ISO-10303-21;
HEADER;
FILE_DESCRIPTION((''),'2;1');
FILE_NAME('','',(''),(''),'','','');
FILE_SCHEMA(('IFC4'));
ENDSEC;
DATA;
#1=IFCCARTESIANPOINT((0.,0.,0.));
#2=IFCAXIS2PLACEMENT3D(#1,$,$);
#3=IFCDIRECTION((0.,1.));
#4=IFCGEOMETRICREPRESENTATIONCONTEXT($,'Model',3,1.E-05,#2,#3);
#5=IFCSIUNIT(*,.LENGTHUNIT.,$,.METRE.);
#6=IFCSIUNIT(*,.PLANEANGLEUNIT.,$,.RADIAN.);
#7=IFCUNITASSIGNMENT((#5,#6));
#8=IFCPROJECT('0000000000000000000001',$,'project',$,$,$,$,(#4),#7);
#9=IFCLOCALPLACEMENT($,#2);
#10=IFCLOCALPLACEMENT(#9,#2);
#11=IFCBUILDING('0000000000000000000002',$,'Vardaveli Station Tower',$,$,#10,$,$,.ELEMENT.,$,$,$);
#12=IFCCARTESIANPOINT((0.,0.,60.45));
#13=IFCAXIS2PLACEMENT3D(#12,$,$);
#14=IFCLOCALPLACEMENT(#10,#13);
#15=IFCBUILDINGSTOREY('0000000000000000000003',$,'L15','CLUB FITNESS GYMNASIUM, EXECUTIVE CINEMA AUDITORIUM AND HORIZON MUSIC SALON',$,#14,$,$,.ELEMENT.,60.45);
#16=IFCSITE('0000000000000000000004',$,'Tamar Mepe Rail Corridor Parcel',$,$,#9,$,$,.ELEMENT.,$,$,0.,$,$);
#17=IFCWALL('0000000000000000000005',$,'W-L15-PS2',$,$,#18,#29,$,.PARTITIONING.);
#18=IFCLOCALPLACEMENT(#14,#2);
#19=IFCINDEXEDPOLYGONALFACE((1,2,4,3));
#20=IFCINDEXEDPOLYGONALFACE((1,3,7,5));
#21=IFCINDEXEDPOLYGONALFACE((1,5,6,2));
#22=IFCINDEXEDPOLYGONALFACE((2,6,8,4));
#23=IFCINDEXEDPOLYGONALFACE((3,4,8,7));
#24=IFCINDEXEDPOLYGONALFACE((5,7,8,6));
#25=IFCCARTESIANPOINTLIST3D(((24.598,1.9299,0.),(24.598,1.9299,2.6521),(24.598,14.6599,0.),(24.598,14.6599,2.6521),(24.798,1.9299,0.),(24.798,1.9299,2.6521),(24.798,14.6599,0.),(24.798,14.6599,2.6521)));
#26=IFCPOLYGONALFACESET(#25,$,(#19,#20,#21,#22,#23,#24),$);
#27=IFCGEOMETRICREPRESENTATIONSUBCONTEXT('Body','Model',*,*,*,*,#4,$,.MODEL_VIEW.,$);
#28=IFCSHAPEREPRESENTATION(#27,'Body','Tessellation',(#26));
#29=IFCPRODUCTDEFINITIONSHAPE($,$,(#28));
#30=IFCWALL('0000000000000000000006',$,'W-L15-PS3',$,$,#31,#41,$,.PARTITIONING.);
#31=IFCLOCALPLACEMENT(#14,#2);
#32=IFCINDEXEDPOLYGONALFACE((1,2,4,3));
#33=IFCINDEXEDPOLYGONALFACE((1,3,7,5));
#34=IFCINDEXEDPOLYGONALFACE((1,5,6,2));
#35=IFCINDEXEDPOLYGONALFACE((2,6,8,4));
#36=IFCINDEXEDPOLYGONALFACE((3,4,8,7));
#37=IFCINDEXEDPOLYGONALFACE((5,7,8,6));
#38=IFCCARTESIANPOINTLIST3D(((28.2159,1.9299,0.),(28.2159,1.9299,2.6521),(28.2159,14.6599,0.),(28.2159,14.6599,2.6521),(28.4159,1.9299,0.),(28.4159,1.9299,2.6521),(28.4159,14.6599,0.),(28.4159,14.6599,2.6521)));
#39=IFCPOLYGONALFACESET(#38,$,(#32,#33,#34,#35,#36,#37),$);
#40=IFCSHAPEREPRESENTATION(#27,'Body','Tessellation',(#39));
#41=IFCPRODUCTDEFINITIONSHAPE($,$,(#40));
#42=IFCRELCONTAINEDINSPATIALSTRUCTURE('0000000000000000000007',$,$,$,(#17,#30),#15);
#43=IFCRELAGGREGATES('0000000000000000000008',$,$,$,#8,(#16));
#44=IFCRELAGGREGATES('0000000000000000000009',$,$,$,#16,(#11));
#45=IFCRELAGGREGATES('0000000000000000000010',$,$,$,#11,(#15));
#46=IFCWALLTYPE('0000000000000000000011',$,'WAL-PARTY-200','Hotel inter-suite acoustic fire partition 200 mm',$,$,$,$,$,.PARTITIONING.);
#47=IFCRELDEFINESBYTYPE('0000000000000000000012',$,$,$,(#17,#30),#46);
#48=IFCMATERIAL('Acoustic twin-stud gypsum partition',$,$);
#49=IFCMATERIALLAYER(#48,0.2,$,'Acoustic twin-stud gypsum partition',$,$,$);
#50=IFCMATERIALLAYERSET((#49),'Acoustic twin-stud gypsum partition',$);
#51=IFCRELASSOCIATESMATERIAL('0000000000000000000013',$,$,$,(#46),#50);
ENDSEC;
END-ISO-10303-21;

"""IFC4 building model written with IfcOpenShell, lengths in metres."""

from ifc_helpers import new_model, si_unit, direction, frame, frame_2d, origin, place, context, subcontext, project, spatial, rectangle, extrude, source, transform, mapped, material, layer, layer_set, type_object, element, save


model = new_model("IFC4")

# Units and contexts
model_context = context("Model", 3, precision=1e-05, world=origin(), true_north=direction((0.0, 1.0)))
body_context = subcontext(model_context, "Body", "Model", "MODEL_VIEW")
ifc_project = project(units=[si_unit("LENGTHUNIT", "METRE"), si_unit("PLANEANGLEUNIT", "RADIAN")], contexts=[model_context])

# Site, building, storey
site_placement = place(None, origin())
site = spatial("IfcSite", under=ifc_project, at=site_placement, Name="Tamar Mepe Rail Corridor Parcel", CompositionType="ELEMENT", RefElevation=0.0)
building_placement = place(site_placement, origin())
building = spatial("IfcBuilding", under=site, at=building_placement, Name="Vardaveli Station Tower", CompositionType="ELEMENT")
storey_placement = place(building_placement, frame((0.0, 0.0, 60.45)))
storey = spatial("IfcBuildingStorey", under=building, at=storey_placement, Name="L15", Description="CLUB FITNESS GYMNASIUM, EXECUTIVE CINEMA AUDITORIUM AND HORIZON MUSIC SALON", CompositionType="ELEMENT", Elevation=60.45)

# Walls
ifc_material_1 = material(Name="Acoustic twin-stud gypsum partition")
ifc_layer_1 = layer(ifc_material_1, 0.2, Name="Acoustic twin-stud gypsum partition")
ifc_layer_set_1 = layer_set([ifc_layer_1], Name="Acoustic twin-stud gypsum partition")
wall_type_1 = type_object("IfcWallType", Name="WAL-PARTY-200", Description="Hotel inter-suite acoustic fire partition 200 mm", PredefinedType="PARTITIONING", material=ifc_layer_set_1)
shared_shape_1 = source(origin(), body_context, "Body", "SweptSolid", [
    extrude(rectangle(XDim=12.73, YDim=0.2, at=frame_2d((6.365, 0.0))), origin(), (0.0, 0.0, 1.0), 2.6521),
])
for number, where, z_axis, x_axis, name in (
    (1, (24.698, 1.9299, 0.0), (0.0, 0.0, 1.0), (0.0, 1.0, 0.0), "W-L15-PS2"),
    (2, (28.3159, 1.9299, 0.0), (0.0, 0.0, 1.0), (0.0, 1.0, 0.0), "W-L15-PS3"),
):
    element("IfcWall", number, at=place(storey_placement, frame(where, z_axis=z_axis, x_axis=x_axis)), inside=storey, type_object=wall_type_1, Name=name, PredefinedType="PARTITIONING", context=body_context, shape_type="MappedRepresentation", body=[
        mapped(shared_shape_1, transform((0.0, 0.0, 0.0), scale=1.0)),
    ])

save(model, "model.ifc")
